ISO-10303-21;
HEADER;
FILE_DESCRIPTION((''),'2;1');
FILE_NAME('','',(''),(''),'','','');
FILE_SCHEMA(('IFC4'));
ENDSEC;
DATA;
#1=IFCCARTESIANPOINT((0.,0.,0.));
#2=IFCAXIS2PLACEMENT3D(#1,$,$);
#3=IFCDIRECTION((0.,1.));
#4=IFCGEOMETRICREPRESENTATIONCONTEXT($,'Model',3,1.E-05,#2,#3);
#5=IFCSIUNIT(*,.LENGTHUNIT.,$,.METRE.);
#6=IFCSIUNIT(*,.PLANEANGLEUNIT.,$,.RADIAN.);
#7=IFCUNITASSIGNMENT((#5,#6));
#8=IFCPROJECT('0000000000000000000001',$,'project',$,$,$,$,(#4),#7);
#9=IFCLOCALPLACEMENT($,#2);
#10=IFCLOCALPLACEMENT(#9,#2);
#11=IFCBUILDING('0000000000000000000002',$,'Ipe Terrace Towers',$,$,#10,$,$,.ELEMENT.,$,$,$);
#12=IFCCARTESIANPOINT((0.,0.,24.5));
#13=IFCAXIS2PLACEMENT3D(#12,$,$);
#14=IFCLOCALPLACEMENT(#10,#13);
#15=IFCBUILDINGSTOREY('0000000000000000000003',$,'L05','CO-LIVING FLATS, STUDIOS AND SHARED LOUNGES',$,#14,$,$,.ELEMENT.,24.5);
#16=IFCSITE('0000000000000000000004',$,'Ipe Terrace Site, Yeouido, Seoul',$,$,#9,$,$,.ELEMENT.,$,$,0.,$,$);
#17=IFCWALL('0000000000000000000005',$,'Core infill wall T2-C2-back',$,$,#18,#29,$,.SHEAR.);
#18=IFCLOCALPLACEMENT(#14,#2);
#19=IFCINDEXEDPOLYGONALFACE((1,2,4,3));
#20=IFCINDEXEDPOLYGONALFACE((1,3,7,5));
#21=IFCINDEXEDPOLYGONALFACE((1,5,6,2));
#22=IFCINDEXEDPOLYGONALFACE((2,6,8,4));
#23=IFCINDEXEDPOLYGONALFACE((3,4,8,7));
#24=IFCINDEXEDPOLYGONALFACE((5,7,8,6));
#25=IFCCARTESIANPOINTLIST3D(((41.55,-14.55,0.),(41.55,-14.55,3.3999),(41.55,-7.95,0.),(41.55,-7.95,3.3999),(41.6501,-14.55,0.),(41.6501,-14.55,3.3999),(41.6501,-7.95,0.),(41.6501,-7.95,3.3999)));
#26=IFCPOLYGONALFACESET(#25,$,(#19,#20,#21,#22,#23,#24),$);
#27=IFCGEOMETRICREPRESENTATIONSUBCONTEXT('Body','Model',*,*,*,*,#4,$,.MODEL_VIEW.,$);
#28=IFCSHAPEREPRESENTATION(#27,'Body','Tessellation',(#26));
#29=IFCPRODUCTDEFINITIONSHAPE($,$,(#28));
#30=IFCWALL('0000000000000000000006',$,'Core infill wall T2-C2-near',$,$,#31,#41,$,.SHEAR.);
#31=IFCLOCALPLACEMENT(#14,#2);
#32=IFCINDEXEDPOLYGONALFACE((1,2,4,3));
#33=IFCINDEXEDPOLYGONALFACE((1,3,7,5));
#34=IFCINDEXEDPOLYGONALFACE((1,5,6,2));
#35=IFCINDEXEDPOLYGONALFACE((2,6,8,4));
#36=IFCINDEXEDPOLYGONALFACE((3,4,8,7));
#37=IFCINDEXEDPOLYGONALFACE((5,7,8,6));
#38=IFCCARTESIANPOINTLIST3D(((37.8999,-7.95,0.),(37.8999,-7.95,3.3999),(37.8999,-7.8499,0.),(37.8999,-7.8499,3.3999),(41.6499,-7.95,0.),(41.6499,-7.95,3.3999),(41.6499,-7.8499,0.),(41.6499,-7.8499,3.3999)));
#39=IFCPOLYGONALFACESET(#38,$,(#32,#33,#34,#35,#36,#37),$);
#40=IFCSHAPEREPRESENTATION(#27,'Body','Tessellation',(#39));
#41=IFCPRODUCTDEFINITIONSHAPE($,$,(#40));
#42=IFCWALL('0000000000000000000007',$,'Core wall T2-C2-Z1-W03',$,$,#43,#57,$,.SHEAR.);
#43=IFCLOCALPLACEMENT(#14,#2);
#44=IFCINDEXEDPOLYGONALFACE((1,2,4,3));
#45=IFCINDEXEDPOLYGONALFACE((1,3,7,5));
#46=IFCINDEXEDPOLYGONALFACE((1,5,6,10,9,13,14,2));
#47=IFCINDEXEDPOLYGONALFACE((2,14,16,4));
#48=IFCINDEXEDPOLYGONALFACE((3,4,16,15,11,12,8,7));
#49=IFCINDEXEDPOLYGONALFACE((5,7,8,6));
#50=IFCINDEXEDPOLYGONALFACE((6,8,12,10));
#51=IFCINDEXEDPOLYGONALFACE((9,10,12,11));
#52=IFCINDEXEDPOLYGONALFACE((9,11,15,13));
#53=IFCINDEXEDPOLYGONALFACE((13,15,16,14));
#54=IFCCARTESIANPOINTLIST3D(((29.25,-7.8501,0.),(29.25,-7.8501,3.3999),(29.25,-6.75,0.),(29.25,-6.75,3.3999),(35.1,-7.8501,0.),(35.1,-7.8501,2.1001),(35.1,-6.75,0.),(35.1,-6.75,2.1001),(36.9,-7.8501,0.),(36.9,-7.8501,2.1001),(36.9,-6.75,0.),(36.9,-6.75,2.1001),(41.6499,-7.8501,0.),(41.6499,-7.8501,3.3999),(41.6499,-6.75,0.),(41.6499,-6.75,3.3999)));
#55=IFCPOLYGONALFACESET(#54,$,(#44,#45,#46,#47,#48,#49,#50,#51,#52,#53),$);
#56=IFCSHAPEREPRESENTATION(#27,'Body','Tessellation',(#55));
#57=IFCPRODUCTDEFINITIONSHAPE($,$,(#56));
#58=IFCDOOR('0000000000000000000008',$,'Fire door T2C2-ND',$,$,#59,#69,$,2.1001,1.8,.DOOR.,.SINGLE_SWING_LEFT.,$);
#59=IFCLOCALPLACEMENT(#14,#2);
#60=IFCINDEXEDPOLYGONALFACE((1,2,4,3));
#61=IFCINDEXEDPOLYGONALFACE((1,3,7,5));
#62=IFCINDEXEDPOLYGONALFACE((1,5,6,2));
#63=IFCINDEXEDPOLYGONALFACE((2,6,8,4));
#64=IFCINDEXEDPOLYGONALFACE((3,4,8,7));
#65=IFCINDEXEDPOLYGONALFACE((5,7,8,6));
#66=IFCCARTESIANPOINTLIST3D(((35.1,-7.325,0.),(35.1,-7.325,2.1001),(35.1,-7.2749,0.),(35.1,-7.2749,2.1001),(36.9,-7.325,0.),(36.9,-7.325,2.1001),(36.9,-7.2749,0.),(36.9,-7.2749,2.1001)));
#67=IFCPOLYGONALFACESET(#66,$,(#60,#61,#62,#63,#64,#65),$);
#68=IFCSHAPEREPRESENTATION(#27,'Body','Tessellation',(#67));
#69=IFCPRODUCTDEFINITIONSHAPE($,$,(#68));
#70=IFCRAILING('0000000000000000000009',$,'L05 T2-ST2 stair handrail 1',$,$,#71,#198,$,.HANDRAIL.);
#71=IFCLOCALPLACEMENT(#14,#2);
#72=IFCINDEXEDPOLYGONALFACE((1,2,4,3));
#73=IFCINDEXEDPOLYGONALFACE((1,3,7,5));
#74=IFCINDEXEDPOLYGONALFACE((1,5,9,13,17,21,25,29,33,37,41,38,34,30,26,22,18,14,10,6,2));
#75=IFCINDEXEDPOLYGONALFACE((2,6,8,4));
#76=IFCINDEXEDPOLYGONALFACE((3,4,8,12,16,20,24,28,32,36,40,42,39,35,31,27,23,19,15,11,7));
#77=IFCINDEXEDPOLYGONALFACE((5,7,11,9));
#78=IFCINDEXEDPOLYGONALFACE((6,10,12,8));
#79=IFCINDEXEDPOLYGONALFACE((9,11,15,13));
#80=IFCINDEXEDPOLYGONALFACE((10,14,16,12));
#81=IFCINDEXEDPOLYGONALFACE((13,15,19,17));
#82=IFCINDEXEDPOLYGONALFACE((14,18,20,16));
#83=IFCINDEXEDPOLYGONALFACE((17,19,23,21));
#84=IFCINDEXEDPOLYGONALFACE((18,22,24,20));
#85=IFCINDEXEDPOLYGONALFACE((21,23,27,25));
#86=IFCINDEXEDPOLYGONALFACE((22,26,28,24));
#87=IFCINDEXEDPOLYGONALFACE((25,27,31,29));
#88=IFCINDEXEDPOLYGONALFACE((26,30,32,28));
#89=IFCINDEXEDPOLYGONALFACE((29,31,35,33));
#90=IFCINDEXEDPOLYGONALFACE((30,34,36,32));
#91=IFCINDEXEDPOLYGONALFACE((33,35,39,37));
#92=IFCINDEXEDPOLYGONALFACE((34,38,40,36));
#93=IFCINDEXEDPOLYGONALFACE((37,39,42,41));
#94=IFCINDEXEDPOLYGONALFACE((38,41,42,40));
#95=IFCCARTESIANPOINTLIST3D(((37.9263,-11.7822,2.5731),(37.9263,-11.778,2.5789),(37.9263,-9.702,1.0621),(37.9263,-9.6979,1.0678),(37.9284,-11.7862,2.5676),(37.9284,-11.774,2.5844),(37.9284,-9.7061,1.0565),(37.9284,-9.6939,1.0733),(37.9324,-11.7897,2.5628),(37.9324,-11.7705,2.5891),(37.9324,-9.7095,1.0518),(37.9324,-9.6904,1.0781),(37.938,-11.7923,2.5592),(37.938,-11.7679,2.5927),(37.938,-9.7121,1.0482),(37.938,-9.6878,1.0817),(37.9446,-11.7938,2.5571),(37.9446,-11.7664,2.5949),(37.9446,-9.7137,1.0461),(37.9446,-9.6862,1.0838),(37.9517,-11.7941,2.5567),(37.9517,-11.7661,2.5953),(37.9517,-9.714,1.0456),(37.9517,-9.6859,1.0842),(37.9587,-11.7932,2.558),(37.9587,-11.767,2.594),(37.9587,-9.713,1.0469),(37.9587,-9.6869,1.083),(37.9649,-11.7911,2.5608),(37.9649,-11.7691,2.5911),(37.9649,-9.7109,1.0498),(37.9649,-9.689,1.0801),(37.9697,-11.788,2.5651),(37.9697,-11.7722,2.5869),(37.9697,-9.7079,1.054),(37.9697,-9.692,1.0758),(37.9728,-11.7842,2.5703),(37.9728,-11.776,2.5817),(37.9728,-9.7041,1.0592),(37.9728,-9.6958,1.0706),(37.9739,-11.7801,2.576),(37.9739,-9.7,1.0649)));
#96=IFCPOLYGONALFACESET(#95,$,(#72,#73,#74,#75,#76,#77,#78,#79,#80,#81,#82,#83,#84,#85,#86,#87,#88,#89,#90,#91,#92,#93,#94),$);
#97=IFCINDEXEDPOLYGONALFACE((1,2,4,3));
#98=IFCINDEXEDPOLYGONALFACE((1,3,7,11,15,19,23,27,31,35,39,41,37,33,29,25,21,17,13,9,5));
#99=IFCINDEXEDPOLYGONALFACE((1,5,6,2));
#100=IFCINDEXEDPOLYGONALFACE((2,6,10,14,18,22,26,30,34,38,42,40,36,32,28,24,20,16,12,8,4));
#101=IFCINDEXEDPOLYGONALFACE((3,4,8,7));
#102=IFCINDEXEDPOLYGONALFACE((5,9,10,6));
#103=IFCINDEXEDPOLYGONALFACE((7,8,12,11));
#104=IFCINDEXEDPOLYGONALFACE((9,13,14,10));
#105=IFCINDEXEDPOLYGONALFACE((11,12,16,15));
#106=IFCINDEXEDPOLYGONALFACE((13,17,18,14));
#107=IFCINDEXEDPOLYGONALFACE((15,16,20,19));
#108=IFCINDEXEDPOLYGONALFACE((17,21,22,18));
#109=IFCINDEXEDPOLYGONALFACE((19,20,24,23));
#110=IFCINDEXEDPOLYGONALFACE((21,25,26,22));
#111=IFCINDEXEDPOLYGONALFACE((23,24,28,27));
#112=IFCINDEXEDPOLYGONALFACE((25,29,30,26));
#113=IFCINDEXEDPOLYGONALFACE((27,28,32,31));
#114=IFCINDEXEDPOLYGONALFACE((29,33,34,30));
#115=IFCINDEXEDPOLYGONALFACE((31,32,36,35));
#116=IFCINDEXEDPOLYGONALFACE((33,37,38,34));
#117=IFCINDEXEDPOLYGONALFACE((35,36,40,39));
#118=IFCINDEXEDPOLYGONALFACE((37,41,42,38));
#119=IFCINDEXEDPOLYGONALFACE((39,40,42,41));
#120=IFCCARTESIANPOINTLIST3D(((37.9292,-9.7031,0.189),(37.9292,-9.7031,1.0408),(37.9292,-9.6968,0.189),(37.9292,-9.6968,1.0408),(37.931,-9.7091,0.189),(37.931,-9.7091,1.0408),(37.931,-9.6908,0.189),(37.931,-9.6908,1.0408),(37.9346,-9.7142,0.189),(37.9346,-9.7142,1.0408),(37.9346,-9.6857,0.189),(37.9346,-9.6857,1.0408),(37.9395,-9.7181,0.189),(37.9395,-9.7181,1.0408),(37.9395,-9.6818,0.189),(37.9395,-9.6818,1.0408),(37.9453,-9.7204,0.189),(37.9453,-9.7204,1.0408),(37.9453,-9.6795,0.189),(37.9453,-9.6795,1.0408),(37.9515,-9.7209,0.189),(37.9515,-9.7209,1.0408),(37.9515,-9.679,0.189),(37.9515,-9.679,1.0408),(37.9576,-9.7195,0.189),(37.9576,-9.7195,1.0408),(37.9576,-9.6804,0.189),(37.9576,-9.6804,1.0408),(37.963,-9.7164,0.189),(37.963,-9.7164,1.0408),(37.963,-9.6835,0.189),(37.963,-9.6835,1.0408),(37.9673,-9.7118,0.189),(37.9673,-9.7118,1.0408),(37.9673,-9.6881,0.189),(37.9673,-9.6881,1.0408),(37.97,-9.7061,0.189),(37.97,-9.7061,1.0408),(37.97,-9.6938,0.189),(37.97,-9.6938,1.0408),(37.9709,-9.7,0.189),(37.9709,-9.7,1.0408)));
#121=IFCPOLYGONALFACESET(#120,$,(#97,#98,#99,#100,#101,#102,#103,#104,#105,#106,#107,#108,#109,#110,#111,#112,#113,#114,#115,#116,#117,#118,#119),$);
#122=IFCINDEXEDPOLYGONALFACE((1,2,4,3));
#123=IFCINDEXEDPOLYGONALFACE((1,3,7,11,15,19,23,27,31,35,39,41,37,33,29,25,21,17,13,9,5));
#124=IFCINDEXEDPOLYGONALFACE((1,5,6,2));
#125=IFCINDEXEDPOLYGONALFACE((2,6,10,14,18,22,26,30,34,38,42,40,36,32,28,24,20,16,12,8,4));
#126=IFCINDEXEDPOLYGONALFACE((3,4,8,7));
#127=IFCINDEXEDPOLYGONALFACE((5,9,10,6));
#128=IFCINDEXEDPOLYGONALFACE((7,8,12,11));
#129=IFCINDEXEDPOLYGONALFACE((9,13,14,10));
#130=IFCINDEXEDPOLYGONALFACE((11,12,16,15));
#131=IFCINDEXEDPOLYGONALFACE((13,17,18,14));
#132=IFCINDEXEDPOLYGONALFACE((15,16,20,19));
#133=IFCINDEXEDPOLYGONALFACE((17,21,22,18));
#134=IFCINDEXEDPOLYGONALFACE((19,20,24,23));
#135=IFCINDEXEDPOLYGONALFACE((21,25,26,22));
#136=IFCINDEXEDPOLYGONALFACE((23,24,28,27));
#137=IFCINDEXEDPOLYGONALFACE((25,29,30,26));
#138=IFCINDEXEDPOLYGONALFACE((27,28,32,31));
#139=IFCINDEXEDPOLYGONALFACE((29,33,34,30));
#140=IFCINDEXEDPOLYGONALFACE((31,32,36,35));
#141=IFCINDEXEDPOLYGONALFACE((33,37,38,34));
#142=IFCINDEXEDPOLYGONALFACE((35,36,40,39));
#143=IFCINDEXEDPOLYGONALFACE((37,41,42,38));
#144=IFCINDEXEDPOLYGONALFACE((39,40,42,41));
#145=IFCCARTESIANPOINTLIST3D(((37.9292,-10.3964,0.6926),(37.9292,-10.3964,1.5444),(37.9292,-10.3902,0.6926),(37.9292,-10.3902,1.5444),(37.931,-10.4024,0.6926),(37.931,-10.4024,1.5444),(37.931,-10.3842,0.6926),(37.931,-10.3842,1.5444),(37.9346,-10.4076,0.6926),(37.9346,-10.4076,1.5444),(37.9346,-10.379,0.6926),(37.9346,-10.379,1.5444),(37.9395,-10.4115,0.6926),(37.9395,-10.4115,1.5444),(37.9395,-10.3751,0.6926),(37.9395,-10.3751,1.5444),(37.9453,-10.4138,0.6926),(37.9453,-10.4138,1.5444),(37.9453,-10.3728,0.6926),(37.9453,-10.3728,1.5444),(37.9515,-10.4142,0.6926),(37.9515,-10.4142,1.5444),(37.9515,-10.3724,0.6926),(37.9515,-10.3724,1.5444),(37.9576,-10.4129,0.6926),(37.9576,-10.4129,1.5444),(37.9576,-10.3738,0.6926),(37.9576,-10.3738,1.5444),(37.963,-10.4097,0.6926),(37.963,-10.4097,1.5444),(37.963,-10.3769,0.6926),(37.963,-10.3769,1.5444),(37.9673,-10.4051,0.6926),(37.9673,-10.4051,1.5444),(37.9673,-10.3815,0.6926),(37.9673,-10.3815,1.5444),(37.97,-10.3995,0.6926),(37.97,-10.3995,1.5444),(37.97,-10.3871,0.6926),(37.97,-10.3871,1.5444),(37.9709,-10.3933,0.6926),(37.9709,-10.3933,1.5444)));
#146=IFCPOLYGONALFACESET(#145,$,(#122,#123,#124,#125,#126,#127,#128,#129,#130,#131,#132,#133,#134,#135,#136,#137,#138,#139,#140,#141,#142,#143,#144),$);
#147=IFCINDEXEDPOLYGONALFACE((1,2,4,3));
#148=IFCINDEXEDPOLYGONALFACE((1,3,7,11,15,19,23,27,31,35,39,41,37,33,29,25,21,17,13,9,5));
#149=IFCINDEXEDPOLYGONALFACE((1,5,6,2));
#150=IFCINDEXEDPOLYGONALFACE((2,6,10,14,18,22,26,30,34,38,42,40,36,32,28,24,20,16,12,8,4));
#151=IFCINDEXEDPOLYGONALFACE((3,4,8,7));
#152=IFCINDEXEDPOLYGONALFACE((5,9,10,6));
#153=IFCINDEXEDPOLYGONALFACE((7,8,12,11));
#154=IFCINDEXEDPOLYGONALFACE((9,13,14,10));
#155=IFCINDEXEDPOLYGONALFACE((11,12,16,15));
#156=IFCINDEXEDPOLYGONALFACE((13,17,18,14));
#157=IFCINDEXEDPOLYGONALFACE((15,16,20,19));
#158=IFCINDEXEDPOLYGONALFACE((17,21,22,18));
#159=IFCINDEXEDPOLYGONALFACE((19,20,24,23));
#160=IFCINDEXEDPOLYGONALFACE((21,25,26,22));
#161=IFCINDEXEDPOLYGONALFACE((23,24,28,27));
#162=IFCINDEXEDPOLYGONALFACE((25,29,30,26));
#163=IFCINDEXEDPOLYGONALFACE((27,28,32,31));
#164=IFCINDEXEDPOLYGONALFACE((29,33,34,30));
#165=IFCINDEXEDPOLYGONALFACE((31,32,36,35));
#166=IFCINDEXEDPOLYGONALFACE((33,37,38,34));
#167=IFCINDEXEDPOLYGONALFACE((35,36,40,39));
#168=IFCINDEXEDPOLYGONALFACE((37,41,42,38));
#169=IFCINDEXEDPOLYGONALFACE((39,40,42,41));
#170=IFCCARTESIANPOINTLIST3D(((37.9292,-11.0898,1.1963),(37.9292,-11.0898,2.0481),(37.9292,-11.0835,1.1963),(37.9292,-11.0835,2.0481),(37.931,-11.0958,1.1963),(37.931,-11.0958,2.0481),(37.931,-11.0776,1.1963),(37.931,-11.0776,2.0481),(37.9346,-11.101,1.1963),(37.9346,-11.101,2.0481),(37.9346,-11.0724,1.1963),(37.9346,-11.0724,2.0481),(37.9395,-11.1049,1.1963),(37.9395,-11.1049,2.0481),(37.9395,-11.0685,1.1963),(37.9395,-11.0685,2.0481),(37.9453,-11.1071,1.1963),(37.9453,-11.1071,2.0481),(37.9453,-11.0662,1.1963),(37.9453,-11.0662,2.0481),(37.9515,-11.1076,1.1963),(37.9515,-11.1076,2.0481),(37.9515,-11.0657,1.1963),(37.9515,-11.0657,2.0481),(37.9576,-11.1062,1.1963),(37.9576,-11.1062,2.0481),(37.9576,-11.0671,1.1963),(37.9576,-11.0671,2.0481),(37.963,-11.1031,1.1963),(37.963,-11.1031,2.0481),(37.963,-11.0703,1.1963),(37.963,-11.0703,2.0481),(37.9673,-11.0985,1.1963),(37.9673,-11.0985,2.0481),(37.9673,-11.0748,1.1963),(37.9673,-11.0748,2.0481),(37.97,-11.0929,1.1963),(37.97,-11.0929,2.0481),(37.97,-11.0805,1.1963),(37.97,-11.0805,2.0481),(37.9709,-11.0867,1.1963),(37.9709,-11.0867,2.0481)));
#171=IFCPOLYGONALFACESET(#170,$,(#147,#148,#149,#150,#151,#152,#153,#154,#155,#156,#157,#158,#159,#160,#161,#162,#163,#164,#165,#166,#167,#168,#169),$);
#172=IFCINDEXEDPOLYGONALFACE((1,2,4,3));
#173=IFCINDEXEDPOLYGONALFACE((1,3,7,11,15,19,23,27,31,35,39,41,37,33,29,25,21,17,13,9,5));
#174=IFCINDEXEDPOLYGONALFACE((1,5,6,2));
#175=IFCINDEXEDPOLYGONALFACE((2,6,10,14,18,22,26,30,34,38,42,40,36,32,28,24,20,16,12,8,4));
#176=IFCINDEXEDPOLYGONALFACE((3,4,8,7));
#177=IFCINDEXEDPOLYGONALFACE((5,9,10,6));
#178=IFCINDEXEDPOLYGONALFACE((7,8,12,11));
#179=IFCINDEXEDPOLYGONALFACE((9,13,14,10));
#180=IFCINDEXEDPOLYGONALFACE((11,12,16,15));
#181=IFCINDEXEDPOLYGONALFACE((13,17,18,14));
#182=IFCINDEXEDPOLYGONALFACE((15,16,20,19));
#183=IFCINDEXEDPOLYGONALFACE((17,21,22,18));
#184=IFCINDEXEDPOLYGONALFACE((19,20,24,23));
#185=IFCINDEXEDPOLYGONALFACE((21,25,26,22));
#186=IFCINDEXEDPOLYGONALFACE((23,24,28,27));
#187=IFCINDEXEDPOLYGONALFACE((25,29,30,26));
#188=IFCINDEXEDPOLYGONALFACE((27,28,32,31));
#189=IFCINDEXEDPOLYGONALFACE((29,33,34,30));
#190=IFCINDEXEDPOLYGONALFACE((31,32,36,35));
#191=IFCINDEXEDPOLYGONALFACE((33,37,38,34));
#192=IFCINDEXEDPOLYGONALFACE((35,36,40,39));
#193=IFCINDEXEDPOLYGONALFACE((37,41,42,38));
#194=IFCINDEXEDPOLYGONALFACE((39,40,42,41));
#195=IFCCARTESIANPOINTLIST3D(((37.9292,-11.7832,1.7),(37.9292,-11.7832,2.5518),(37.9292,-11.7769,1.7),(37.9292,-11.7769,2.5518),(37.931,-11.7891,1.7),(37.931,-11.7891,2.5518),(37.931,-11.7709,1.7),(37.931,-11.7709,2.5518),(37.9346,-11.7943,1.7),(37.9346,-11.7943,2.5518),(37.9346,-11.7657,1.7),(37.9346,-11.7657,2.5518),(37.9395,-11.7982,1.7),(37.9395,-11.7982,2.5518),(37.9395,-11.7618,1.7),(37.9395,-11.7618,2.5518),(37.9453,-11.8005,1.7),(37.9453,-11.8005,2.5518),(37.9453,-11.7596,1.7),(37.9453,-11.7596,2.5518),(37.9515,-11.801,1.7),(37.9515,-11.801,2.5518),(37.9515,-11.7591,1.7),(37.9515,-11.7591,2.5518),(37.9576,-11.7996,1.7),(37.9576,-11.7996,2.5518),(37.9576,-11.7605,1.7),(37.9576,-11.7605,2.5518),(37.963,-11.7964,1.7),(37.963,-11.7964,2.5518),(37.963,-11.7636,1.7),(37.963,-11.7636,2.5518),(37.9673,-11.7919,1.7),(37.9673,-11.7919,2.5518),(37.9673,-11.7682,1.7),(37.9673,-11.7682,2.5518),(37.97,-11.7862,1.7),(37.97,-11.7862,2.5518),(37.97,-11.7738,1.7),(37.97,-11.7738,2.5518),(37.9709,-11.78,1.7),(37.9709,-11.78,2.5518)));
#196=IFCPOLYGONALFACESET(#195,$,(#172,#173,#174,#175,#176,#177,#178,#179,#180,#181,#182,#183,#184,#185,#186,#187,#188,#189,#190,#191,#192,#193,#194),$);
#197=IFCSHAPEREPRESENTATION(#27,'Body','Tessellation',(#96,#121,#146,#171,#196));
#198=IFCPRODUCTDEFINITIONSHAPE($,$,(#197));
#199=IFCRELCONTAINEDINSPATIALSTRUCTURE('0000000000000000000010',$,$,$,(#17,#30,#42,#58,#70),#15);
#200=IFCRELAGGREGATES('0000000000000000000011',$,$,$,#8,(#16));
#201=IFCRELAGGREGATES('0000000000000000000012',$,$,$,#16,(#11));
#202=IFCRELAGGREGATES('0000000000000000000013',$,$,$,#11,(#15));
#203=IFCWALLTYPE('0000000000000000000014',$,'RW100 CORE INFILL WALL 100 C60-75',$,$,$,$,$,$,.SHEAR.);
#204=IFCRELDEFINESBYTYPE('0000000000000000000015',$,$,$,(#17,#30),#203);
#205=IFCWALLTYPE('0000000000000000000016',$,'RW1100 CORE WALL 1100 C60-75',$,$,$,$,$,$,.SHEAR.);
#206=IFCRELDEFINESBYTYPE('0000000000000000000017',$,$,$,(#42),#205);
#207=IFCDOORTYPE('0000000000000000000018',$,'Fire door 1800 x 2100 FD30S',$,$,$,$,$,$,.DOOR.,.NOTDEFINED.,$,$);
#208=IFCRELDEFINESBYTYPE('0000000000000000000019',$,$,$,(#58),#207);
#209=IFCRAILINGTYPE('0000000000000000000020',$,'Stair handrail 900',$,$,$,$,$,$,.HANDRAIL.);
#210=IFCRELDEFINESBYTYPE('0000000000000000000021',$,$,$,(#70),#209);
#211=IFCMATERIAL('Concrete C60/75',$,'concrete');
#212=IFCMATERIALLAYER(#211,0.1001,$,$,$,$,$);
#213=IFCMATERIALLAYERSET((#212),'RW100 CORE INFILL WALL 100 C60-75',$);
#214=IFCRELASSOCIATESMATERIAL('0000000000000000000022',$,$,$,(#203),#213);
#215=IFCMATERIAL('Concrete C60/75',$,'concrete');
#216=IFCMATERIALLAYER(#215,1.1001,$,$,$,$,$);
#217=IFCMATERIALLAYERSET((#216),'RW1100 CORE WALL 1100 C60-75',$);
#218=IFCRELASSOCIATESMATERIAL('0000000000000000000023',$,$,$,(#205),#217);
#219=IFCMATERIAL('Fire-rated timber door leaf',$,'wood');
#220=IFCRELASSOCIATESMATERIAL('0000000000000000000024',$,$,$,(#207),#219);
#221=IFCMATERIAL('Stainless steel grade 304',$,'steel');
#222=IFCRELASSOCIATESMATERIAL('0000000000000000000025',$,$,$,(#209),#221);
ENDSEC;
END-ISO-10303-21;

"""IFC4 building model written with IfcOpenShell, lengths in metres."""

from ifc_helpers import new_model, si_unit, direction, frame, frame_2d, origin, origin_2d, place, context, subcontext, project, spatial, rectangle, circle, extrude, material, layer, layer_set, type_object, element, fill, save


model = new_model("IFC4")

# Units and contexts
model_context = context("Model", 3, precision=1e-05, world=origin(), true_north=direction((0.0, 1.0)))
body_context = subcontext(model_context, "Body", "Model", "MODEL_VIEW")
ifc_project = project(units=[si_unit("LENGTHUNIT", "METRE"), si_unit("PLANEANGLEUNIT", "RADIAN")], contexts=[model_context])

# Site, building, storey
site_placement = place(None, origin())
site = spatial("IfcSite", under=ifc_project, at=site_placement, Name="Ipe Terrace Site, Yeouido, Seoul", CompositionType="ELEMENT", RefElevation=0.0)
building_placement = place(site_placement, origin())
building = spatial("IfcBuilding", under=site, at=building_placement, Name="Ipe Terrace Towers", CompositionType="ELEMENT")
storey_placement = place(building_placement, frame((0.0, 0.0, 24.5)))
storey = spatial("IfcBuildingStorey", under=building, at=storey_placement, Name="L05", Description="CO-LIVING FLATS, STUDIOS AND SHARED LOUNGES", CompositionType="ELEMENT", Elevation=24.5)

# Walls
ifc_material_1 = material(Name="Concrete C60/75", Category="concrete")
ifc_layer_1 = layer(ifc_material_1, 0.1001)
ifc_layer_set_1 = layer_set([ifc_layer_1], Name="RW100 CORE INFILL WALL 100 C60-75")
wall_type_1 = type_object("IfcWallType", Name="RW100 CORE INFILL WALL 100 C60-75", PredefinedType="SHEAR", material=ifc_layer_set_1)
wall_1_placement = place(storey_placement, frame((41.6001, -7.95, 0.0), z_axis=(0.0, 0.0, 1.0), x_axis=(0.0, -1.0, 0.0)))
element("IfcWall", 1, at=wall_1_placement, inside=storey, type_object=wall_type_1, Name="Core infill wall T2-C2-back", PredefinedType="SHEAR", context=body_context, shape_type="SweptSolid", body=[
    extrude(rectangle(XDim=6.6001, YDim=0.1001, at=frame_2d((3.3, 0.0))), origin(), (0.0, 0.0, 1.0), 3.3999),
])
wall_2_placement = place(storey_placement, frame((37.8999, -7.8999, 0.0), z_axis=(0.0, 0.0, 1.0), x_axis=(1.0, 0.0, 0.0)))
element("IfcWall", 2, at=wall_2_placement, inside=storey, type_object=wall_type_1, Name="Core infill wall T2-C2-near", PredefinedType="SHEAR", context=body_context, shape_type="SweptSolid", body=[
    extrude(rectangle(XDim=3.75, YDim=0.1001, at=frame_2d((1.875, 0.0))), origin(), (0.0, 0.0, 1.0), 3.3999),
])

# Wall, opening, door
ifc_material_2 = material(Name="Concrete C60/75", Category="concrete")
ifc_layer_2 = layer(ifc_material_2, 1.1001)
ifc_layer_set_2 = layer_set([ifc_layer_2], Name="RW1100 CORE WALL 1100 C60-75")
wall_type_2 = type_object("IfcWallType", Name="RW1100 CORE WALL 1100 C60-75", PredefinedType="SHEAR", material=ifc_layer_set_2)
wall_3_placement = place(storey_placement, frame((41.6499, -7.3, 0.0), z_axis=(0.0, 0.0, 1.0), x_axis=(-1.0, 0.0, 0.0)))
wall_3 = element("IfcWall", 3, at=wall_3_placement, inside=storey, type_object=wall_type_2, Name="Core wall T2-C2-Z1-W03", PredefinedType="SHEAR", context=body_context, shape_type="SweptSolid", body=[
    extrude(rectangle(XDim=12.3999, YDim=1.1001, at=frame_2d((6.2, 0.0))), origin(), (0.0, 0.0, 1.0), 3.3999),
])
opening_1_placement = place(wall_3_placement, frame((4.75, 0.0, 0.0)))
opening_1 = element("IfcOpeningElement", 4, at=opening_1_placement, cuts=wall_3, PredefinedType="OPENING", context=body_context, shape_type="SweptSolid", body=[
    extrude(rectangle(XDim=1.8, YDim=2.1001, at=frame_2d((0.8999, 1.05))), frame((0.0, 0.5601, 0.0), z_axis=(0.0, -1.0, 0.0), x_axis=(1.0, 0.0, 0.0)), (0.0, 0.0, 1.0), 1.1201),
])
ifc_material_3 = material(Name="Fire-rated timber door leaf", Category="wood")
door_type_1 = type_object("IfcDoorType", Name="Fire door 1800 x 2100 FD30S", OperationType="NOTDEFINED", PredefinedType="DOOR", material=ifc_material_3)
door_1_placement = place(opening_1_placement, origin())
door_1 = element("IfcDoor", 5, at=door_1_placement, inside=storey, type_object=door_type_1, Name="Fire door T2C2-ND", OperationType="SINGLE_SWING_LEFT", OverallHeight=2.1001, OverallWidth=1.8, PredefinedType="DOOR", context=body_context, shape_type="SweptSolid", body=[
    extrude(rectangle(XDim=1.8, YDim=2.1001, at=frame_2d((0.8999, 1.05))), frame((0.0, 0.0249, 0.0), z_axis=(0.0, -1.0, 0.0), x_axis=(1.0, 0.0, 0.0)), (0.0, 0.0, 1.0), 0.05),
])
fill(opening_1, door_1)

# Railing
ifc_material_4 = material(Name="Stainless steel grade 304", Category="steel")
railing_type_1 = type_object("IfcRailingType", Name="Stair handrail 900", PredefinedType="HANDRAIL", material=ifc_material_4)
railing_1_placement = place(storey_placement, frame((37.95, -9.7, 0.189)))
element("IfcRailing", 6, at=railing_1_placement, inside=storey, type_object=railing_type_1, Name="L05 T2-ST2 stair handrail 1", PredefinedType="HANDRAIL", context=body_context, shape_type="SweptSolid", body=[
    extrude(circle(Radius=0.0239, at=origin_2d()), frame((0.0, 0.0, 0.876), z_axis=(0.0, -0.809069, 0.587714), x_axis=(1.0, 0.0, 0.0)), (0.0, 0.0, 1.0), 2.571),
    extrude(circle(Radius=0.021, at=origin_2d()), origin(), (0.0, 0.0, 1.0), 0.8518),
    extrude(circle(Radius=0.021, at=origin_2d()), frame((0.0, -0.6934, 0.5037)), (0.0, 0.0, 1.0), 0.8518),
    extrude(circle(Radius=0.021, at=origin_2d()), frame((0.0, -1.3867, 1.0073)), (0.0, 0.0, 1.0), 0.8518),
    extrude(circle(Radius=0.021, at=origin_2d()), frame((0.0, -2.0801, 1.511)), (0.0, 0.0, 1.0), 0.8518),
])

save(model, "model.ifc")
